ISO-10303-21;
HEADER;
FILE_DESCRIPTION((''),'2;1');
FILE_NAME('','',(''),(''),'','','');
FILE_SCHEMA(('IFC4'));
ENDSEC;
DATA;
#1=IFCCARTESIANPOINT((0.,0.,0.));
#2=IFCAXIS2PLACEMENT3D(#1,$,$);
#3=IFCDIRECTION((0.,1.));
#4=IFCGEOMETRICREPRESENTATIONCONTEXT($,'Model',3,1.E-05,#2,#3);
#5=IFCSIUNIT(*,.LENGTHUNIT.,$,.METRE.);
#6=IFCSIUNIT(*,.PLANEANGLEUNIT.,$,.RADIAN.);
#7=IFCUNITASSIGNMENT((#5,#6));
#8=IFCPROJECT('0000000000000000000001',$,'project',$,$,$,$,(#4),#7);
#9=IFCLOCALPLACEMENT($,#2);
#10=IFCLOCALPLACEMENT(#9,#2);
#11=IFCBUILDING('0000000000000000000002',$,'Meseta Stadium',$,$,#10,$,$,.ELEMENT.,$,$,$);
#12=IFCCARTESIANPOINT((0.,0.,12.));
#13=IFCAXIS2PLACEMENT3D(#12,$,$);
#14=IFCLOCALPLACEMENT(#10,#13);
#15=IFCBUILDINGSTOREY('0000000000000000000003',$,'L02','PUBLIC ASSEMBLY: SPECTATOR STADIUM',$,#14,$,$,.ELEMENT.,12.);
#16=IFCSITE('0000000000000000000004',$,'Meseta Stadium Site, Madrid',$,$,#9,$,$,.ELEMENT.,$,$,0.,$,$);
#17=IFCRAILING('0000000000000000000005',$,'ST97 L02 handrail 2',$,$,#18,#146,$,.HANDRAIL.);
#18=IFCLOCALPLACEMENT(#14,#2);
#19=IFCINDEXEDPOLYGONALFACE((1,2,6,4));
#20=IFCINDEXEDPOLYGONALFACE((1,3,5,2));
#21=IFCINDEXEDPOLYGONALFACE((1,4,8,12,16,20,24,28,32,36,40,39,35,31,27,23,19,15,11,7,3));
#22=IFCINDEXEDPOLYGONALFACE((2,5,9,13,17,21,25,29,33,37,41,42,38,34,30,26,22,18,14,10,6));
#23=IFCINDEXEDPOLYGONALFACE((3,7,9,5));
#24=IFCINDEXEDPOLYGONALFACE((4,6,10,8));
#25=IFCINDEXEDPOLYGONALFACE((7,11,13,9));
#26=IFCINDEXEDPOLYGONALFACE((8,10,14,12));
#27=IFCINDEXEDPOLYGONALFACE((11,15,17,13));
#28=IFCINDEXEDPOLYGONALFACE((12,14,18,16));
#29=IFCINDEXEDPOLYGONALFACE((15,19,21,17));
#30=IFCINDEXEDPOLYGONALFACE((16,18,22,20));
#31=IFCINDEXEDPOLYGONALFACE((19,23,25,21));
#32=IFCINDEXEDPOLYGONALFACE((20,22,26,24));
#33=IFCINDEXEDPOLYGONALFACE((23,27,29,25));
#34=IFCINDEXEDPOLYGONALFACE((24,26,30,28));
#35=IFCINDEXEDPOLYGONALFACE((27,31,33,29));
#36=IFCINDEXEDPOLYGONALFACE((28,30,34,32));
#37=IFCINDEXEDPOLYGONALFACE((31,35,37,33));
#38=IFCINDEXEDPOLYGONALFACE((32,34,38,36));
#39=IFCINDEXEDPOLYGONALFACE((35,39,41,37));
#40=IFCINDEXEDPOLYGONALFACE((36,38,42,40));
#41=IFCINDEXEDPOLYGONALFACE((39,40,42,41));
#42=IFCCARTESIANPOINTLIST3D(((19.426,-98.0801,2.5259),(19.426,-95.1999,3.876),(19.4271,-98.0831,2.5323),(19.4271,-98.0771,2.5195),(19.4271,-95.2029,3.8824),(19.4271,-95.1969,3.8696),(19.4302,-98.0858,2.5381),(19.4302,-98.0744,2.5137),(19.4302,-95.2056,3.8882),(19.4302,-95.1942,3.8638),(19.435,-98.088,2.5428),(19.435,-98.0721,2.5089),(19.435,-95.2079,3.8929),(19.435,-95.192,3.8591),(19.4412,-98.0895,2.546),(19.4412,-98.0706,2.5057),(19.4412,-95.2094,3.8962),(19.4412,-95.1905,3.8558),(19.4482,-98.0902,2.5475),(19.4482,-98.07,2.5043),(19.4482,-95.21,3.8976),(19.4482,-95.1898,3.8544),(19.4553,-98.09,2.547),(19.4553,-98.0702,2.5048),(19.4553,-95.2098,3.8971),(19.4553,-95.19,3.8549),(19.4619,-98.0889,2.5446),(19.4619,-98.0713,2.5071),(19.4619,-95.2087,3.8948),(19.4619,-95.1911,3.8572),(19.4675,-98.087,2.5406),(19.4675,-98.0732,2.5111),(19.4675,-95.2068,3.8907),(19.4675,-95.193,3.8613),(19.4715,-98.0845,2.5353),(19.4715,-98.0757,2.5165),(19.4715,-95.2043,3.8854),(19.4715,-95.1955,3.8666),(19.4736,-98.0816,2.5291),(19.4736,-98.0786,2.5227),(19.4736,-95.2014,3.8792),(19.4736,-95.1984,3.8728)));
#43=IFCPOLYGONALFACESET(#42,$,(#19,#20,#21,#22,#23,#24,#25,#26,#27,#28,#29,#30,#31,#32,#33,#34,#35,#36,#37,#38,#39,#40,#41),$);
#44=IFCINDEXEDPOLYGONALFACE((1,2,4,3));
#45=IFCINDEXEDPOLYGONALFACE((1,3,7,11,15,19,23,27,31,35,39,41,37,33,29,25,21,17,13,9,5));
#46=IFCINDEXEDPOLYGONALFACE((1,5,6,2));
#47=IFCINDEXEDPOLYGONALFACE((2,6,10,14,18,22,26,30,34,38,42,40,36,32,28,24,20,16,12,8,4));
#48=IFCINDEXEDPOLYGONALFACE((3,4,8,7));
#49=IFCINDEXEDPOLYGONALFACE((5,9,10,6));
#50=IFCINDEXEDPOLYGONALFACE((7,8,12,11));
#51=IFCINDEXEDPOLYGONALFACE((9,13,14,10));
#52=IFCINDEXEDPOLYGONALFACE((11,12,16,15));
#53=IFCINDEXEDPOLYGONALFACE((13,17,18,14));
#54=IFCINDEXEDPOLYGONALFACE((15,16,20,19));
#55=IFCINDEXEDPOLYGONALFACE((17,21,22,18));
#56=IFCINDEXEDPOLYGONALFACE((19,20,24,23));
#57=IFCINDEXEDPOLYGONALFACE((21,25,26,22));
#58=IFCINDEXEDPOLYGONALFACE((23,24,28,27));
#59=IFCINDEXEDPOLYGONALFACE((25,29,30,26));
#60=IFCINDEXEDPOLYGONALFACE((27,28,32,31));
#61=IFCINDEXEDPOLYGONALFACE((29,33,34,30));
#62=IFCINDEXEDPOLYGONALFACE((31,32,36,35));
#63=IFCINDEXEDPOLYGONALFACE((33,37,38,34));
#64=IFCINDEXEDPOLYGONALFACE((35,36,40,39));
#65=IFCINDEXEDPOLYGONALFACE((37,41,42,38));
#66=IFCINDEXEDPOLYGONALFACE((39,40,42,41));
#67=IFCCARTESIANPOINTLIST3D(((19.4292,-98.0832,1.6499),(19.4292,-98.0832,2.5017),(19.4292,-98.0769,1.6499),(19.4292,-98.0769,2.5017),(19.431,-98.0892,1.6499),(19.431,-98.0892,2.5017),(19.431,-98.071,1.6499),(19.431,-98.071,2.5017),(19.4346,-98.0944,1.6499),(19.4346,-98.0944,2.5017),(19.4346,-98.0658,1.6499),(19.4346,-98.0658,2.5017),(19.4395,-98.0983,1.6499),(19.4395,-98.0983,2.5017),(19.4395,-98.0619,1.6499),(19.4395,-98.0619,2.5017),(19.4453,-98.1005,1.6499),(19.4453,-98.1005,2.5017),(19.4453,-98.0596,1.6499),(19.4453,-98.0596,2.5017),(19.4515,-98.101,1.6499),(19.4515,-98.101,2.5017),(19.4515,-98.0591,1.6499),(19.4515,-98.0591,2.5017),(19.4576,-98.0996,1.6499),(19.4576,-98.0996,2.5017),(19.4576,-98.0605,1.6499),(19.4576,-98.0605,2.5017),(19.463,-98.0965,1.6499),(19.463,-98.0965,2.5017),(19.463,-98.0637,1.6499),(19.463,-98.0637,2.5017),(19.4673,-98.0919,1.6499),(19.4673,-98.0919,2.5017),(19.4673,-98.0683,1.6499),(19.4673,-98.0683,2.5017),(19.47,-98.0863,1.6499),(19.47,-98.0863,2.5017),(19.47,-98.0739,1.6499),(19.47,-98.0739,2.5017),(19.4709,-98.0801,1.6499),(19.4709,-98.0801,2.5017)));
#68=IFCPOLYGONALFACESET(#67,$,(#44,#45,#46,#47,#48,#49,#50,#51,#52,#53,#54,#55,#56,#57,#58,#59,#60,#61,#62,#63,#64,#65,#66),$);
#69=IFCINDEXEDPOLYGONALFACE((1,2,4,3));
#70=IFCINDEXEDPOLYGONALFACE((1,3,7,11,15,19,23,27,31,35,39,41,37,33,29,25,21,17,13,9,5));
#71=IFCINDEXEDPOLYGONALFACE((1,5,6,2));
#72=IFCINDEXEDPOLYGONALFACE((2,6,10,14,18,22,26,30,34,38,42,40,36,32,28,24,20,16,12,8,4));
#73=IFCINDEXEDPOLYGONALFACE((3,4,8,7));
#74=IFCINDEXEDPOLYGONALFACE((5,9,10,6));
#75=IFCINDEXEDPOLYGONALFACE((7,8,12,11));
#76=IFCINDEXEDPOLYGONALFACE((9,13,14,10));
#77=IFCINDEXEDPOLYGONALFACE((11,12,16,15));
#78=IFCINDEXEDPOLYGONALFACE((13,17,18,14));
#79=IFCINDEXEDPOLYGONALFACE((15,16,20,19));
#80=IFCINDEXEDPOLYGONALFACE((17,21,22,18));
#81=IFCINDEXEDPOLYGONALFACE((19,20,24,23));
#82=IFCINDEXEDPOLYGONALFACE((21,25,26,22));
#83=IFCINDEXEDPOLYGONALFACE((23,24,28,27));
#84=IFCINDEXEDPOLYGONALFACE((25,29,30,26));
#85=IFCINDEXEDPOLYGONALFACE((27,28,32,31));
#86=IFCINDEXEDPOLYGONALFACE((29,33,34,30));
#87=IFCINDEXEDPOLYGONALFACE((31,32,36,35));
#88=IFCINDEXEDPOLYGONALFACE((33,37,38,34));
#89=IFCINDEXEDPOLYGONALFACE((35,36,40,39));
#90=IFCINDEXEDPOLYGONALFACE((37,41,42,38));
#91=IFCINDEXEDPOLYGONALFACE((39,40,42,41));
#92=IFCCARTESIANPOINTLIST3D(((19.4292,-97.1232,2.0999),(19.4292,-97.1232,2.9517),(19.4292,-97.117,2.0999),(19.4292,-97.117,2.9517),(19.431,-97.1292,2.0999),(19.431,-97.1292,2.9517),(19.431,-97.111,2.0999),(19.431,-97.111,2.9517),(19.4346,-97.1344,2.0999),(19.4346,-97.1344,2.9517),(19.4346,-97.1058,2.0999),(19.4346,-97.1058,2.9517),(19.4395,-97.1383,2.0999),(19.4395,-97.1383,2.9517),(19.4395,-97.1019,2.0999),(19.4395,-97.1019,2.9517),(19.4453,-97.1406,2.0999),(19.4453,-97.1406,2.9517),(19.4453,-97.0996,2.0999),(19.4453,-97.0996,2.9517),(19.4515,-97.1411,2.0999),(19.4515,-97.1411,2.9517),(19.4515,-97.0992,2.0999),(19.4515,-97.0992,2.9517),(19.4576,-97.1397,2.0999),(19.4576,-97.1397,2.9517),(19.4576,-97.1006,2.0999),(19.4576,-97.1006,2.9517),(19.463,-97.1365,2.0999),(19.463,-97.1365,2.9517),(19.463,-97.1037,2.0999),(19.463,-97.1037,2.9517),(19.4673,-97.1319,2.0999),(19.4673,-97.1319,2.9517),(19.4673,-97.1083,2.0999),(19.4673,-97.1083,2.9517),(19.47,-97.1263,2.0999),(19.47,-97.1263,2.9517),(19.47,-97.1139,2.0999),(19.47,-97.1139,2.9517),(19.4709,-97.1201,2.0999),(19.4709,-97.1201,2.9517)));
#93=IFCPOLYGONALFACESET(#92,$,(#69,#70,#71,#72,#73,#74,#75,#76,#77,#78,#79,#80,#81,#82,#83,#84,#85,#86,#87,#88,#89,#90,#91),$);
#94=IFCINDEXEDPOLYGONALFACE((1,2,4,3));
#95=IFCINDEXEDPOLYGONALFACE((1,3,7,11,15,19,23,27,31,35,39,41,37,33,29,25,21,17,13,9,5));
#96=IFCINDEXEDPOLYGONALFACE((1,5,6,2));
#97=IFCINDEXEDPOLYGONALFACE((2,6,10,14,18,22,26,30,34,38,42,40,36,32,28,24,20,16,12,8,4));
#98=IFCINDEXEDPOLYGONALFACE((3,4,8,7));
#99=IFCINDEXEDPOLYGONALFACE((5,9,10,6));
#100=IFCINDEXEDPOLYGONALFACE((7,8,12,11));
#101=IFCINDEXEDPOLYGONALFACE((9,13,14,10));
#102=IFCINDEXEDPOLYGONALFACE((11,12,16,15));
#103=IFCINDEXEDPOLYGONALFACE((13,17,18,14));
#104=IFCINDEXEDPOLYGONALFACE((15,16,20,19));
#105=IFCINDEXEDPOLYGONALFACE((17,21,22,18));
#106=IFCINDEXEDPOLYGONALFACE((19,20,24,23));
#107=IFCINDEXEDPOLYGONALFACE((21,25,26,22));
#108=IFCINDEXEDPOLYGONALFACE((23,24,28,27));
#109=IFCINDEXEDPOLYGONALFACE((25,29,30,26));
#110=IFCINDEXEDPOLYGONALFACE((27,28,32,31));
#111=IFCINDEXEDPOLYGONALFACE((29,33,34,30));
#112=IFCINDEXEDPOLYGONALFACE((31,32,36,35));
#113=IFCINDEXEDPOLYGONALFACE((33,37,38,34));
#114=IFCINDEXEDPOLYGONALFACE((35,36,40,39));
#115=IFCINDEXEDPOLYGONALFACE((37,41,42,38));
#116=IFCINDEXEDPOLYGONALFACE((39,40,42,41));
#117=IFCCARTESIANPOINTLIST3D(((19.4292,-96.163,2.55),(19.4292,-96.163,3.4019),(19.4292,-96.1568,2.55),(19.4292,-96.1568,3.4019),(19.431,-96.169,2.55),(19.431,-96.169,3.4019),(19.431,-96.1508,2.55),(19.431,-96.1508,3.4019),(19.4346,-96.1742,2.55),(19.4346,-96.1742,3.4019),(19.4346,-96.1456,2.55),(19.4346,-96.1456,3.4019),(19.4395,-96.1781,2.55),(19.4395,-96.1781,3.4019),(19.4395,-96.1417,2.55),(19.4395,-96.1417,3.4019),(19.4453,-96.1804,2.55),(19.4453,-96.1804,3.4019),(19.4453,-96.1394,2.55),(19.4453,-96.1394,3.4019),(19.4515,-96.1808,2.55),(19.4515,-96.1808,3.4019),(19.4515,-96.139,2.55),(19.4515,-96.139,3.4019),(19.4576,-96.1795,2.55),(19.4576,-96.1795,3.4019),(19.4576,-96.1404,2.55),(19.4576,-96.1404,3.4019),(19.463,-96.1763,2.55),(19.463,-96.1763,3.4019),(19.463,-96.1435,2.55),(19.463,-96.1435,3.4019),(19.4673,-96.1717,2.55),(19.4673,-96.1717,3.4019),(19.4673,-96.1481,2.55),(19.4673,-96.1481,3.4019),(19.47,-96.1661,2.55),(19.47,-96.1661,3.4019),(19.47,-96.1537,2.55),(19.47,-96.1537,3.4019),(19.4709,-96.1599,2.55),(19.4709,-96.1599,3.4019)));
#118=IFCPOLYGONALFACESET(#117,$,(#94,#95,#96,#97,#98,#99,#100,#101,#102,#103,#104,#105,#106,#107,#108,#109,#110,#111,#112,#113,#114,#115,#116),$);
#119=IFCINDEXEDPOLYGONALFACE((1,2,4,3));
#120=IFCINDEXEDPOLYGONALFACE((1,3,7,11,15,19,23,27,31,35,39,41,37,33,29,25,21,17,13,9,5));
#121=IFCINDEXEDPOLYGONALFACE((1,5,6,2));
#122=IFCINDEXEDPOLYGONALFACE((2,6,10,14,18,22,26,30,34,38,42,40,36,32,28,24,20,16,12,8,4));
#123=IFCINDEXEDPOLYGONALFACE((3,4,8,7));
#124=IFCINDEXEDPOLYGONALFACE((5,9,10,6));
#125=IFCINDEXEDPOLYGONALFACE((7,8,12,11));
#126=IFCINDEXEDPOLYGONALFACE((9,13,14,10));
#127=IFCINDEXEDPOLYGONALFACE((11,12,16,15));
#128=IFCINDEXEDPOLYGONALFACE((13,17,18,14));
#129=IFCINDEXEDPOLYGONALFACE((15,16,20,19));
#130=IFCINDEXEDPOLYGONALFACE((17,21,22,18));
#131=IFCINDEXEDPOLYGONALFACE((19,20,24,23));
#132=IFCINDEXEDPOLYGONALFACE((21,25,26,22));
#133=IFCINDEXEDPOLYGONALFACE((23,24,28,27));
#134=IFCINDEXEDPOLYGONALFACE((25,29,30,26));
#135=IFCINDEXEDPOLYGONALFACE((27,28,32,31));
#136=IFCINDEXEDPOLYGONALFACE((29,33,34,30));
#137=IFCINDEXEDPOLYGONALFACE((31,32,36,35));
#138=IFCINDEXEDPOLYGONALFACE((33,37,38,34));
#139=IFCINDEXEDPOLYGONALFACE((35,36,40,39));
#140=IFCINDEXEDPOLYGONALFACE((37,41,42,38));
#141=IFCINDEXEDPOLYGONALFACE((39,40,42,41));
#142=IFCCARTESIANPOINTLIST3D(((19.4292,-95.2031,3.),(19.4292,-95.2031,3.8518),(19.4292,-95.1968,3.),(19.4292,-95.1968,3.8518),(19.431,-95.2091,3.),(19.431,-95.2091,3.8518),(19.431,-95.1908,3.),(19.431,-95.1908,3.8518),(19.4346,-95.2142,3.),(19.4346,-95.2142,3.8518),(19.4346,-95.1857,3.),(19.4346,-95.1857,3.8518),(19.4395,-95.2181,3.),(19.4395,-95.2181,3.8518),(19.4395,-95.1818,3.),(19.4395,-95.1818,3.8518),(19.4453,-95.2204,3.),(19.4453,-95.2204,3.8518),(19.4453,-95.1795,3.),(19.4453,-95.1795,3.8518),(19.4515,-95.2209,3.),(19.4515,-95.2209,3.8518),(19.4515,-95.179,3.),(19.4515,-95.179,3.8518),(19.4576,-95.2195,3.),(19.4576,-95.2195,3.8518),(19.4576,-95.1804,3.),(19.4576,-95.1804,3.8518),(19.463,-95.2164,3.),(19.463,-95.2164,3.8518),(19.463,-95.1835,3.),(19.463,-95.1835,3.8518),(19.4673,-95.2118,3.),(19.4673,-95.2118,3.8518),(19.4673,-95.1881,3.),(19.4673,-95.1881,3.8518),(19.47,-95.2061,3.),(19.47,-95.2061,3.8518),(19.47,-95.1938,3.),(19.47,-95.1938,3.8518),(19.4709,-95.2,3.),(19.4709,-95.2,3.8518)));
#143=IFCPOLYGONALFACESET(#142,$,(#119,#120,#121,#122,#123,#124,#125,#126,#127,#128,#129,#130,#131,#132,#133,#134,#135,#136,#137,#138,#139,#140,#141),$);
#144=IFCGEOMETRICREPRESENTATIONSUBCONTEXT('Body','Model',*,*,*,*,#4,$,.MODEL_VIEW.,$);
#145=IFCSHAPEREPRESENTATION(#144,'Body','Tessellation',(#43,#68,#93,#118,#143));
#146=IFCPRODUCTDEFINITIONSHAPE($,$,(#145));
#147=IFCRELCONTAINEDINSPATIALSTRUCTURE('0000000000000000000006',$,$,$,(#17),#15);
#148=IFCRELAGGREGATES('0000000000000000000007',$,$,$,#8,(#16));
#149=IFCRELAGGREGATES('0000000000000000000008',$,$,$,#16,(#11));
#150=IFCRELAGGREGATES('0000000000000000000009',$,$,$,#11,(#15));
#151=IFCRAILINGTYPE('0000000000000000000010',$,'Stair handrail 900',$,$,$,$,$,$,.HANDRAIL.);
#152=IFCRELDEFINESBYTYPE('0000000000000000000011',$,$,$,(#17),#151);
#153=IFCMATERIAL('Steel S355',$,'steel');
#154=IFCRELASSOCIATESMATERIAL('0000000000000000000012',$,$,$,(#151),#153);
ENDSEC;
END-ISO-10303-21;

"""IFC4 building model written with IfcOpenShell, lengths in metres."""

from ifc_helpers import new_model, si_unit, direction, frame, origin, origin_2d, place, context, subcontext, project, spatial, circle, extrude, material, type_object, element, save


model = new_model("IFC4")

# Units and contexts
model_context = context("Model", 3, precision=1e-05, world=origin(), true_north=direction((0.0, 1.0)))
body_context = subcontext(model_context, "Body", "Model", "MODEL_VIEW")
ifc_project = project(units=[si_unit("LENGTHUNIT", "METRE"), si_unit("PLANEANGLEUNIT", "RADIAN")], contexts=[model_context])

# Site, building, storey
site_placement = place(None, origin())
site = spatial("IfcSite", under=ifc_project, at=site_placement, Name="Meseta Stadium Site, Madrid", CompositionType="ELEMENT", RefElevation=0.0)
building_placement = place(site_placement, origin())
building = spatial("IfcBuilding", under=site, at=building_placement, Name="Meseta Stadium", CompositionType="ELEMENT")
storey_placement = place(building_placement, frame((0.0, 0.0, 12.0)))
storey = spatial("IfcBuildingStorey", under=building, at=storey_placement, Name="L02", Description="PUBLIC ASSEMBLY: SPECTATOR STADIUM", CompositionType="ELEMENT", Elevation=12.0)

# Railing
ifc_material_1 = material(Name="Steel S355", Category="steel")
railing_type_1 = type_object("IfcRailingType", Name="Stair handrail 900", PredefinedType="HANDRAIL", material=ifc_material_1)
railing_1_placement = place(storey_placement, frame((19.45, -98.0801, 1.6499)))
element("IfcRailing", 1, at=railing_1_placement, inside=storey, type_object=railing_type_1, Name="ST97 L02 handrail 2", PredefinedType="HANDRAIL", context=body_context, shape_type="SweptSolid", body=[
    extrude(circle(Radius=0.0239, at=origin_2d()), frame((0.0, 0.0, 0.876), z_axis=(0.0, 0.905454, 0.424444), x_axis=(-1.0, 0.0, 0.0)), (0.0, 0.0, 1.0), 3.1809),
    extrude(circle(Radius=0.021, at=origin_2d()), origin(), (0.0, 0.0, 1.0), 0.8518),
    extrude(circle(Radius=0.021, at=origin_2d()), frame((0.0, 0.96, 0.45)), (0.0, 0.0, 1.0), 0.8518),
    extrude(circle(Radius=0.021, at=origin_2d()), frame((0.0, 1.9202, 0.9001)), (0.0, 0.0, 1.0), 0.8518),
    extrude(circle(Radius=0.021, at=origin_2d()), frame((0.0, 2.8801, 1.3501)), (0.0, 0.0, 1.0), 0.8518),
])

save(model, "model.ifc")
